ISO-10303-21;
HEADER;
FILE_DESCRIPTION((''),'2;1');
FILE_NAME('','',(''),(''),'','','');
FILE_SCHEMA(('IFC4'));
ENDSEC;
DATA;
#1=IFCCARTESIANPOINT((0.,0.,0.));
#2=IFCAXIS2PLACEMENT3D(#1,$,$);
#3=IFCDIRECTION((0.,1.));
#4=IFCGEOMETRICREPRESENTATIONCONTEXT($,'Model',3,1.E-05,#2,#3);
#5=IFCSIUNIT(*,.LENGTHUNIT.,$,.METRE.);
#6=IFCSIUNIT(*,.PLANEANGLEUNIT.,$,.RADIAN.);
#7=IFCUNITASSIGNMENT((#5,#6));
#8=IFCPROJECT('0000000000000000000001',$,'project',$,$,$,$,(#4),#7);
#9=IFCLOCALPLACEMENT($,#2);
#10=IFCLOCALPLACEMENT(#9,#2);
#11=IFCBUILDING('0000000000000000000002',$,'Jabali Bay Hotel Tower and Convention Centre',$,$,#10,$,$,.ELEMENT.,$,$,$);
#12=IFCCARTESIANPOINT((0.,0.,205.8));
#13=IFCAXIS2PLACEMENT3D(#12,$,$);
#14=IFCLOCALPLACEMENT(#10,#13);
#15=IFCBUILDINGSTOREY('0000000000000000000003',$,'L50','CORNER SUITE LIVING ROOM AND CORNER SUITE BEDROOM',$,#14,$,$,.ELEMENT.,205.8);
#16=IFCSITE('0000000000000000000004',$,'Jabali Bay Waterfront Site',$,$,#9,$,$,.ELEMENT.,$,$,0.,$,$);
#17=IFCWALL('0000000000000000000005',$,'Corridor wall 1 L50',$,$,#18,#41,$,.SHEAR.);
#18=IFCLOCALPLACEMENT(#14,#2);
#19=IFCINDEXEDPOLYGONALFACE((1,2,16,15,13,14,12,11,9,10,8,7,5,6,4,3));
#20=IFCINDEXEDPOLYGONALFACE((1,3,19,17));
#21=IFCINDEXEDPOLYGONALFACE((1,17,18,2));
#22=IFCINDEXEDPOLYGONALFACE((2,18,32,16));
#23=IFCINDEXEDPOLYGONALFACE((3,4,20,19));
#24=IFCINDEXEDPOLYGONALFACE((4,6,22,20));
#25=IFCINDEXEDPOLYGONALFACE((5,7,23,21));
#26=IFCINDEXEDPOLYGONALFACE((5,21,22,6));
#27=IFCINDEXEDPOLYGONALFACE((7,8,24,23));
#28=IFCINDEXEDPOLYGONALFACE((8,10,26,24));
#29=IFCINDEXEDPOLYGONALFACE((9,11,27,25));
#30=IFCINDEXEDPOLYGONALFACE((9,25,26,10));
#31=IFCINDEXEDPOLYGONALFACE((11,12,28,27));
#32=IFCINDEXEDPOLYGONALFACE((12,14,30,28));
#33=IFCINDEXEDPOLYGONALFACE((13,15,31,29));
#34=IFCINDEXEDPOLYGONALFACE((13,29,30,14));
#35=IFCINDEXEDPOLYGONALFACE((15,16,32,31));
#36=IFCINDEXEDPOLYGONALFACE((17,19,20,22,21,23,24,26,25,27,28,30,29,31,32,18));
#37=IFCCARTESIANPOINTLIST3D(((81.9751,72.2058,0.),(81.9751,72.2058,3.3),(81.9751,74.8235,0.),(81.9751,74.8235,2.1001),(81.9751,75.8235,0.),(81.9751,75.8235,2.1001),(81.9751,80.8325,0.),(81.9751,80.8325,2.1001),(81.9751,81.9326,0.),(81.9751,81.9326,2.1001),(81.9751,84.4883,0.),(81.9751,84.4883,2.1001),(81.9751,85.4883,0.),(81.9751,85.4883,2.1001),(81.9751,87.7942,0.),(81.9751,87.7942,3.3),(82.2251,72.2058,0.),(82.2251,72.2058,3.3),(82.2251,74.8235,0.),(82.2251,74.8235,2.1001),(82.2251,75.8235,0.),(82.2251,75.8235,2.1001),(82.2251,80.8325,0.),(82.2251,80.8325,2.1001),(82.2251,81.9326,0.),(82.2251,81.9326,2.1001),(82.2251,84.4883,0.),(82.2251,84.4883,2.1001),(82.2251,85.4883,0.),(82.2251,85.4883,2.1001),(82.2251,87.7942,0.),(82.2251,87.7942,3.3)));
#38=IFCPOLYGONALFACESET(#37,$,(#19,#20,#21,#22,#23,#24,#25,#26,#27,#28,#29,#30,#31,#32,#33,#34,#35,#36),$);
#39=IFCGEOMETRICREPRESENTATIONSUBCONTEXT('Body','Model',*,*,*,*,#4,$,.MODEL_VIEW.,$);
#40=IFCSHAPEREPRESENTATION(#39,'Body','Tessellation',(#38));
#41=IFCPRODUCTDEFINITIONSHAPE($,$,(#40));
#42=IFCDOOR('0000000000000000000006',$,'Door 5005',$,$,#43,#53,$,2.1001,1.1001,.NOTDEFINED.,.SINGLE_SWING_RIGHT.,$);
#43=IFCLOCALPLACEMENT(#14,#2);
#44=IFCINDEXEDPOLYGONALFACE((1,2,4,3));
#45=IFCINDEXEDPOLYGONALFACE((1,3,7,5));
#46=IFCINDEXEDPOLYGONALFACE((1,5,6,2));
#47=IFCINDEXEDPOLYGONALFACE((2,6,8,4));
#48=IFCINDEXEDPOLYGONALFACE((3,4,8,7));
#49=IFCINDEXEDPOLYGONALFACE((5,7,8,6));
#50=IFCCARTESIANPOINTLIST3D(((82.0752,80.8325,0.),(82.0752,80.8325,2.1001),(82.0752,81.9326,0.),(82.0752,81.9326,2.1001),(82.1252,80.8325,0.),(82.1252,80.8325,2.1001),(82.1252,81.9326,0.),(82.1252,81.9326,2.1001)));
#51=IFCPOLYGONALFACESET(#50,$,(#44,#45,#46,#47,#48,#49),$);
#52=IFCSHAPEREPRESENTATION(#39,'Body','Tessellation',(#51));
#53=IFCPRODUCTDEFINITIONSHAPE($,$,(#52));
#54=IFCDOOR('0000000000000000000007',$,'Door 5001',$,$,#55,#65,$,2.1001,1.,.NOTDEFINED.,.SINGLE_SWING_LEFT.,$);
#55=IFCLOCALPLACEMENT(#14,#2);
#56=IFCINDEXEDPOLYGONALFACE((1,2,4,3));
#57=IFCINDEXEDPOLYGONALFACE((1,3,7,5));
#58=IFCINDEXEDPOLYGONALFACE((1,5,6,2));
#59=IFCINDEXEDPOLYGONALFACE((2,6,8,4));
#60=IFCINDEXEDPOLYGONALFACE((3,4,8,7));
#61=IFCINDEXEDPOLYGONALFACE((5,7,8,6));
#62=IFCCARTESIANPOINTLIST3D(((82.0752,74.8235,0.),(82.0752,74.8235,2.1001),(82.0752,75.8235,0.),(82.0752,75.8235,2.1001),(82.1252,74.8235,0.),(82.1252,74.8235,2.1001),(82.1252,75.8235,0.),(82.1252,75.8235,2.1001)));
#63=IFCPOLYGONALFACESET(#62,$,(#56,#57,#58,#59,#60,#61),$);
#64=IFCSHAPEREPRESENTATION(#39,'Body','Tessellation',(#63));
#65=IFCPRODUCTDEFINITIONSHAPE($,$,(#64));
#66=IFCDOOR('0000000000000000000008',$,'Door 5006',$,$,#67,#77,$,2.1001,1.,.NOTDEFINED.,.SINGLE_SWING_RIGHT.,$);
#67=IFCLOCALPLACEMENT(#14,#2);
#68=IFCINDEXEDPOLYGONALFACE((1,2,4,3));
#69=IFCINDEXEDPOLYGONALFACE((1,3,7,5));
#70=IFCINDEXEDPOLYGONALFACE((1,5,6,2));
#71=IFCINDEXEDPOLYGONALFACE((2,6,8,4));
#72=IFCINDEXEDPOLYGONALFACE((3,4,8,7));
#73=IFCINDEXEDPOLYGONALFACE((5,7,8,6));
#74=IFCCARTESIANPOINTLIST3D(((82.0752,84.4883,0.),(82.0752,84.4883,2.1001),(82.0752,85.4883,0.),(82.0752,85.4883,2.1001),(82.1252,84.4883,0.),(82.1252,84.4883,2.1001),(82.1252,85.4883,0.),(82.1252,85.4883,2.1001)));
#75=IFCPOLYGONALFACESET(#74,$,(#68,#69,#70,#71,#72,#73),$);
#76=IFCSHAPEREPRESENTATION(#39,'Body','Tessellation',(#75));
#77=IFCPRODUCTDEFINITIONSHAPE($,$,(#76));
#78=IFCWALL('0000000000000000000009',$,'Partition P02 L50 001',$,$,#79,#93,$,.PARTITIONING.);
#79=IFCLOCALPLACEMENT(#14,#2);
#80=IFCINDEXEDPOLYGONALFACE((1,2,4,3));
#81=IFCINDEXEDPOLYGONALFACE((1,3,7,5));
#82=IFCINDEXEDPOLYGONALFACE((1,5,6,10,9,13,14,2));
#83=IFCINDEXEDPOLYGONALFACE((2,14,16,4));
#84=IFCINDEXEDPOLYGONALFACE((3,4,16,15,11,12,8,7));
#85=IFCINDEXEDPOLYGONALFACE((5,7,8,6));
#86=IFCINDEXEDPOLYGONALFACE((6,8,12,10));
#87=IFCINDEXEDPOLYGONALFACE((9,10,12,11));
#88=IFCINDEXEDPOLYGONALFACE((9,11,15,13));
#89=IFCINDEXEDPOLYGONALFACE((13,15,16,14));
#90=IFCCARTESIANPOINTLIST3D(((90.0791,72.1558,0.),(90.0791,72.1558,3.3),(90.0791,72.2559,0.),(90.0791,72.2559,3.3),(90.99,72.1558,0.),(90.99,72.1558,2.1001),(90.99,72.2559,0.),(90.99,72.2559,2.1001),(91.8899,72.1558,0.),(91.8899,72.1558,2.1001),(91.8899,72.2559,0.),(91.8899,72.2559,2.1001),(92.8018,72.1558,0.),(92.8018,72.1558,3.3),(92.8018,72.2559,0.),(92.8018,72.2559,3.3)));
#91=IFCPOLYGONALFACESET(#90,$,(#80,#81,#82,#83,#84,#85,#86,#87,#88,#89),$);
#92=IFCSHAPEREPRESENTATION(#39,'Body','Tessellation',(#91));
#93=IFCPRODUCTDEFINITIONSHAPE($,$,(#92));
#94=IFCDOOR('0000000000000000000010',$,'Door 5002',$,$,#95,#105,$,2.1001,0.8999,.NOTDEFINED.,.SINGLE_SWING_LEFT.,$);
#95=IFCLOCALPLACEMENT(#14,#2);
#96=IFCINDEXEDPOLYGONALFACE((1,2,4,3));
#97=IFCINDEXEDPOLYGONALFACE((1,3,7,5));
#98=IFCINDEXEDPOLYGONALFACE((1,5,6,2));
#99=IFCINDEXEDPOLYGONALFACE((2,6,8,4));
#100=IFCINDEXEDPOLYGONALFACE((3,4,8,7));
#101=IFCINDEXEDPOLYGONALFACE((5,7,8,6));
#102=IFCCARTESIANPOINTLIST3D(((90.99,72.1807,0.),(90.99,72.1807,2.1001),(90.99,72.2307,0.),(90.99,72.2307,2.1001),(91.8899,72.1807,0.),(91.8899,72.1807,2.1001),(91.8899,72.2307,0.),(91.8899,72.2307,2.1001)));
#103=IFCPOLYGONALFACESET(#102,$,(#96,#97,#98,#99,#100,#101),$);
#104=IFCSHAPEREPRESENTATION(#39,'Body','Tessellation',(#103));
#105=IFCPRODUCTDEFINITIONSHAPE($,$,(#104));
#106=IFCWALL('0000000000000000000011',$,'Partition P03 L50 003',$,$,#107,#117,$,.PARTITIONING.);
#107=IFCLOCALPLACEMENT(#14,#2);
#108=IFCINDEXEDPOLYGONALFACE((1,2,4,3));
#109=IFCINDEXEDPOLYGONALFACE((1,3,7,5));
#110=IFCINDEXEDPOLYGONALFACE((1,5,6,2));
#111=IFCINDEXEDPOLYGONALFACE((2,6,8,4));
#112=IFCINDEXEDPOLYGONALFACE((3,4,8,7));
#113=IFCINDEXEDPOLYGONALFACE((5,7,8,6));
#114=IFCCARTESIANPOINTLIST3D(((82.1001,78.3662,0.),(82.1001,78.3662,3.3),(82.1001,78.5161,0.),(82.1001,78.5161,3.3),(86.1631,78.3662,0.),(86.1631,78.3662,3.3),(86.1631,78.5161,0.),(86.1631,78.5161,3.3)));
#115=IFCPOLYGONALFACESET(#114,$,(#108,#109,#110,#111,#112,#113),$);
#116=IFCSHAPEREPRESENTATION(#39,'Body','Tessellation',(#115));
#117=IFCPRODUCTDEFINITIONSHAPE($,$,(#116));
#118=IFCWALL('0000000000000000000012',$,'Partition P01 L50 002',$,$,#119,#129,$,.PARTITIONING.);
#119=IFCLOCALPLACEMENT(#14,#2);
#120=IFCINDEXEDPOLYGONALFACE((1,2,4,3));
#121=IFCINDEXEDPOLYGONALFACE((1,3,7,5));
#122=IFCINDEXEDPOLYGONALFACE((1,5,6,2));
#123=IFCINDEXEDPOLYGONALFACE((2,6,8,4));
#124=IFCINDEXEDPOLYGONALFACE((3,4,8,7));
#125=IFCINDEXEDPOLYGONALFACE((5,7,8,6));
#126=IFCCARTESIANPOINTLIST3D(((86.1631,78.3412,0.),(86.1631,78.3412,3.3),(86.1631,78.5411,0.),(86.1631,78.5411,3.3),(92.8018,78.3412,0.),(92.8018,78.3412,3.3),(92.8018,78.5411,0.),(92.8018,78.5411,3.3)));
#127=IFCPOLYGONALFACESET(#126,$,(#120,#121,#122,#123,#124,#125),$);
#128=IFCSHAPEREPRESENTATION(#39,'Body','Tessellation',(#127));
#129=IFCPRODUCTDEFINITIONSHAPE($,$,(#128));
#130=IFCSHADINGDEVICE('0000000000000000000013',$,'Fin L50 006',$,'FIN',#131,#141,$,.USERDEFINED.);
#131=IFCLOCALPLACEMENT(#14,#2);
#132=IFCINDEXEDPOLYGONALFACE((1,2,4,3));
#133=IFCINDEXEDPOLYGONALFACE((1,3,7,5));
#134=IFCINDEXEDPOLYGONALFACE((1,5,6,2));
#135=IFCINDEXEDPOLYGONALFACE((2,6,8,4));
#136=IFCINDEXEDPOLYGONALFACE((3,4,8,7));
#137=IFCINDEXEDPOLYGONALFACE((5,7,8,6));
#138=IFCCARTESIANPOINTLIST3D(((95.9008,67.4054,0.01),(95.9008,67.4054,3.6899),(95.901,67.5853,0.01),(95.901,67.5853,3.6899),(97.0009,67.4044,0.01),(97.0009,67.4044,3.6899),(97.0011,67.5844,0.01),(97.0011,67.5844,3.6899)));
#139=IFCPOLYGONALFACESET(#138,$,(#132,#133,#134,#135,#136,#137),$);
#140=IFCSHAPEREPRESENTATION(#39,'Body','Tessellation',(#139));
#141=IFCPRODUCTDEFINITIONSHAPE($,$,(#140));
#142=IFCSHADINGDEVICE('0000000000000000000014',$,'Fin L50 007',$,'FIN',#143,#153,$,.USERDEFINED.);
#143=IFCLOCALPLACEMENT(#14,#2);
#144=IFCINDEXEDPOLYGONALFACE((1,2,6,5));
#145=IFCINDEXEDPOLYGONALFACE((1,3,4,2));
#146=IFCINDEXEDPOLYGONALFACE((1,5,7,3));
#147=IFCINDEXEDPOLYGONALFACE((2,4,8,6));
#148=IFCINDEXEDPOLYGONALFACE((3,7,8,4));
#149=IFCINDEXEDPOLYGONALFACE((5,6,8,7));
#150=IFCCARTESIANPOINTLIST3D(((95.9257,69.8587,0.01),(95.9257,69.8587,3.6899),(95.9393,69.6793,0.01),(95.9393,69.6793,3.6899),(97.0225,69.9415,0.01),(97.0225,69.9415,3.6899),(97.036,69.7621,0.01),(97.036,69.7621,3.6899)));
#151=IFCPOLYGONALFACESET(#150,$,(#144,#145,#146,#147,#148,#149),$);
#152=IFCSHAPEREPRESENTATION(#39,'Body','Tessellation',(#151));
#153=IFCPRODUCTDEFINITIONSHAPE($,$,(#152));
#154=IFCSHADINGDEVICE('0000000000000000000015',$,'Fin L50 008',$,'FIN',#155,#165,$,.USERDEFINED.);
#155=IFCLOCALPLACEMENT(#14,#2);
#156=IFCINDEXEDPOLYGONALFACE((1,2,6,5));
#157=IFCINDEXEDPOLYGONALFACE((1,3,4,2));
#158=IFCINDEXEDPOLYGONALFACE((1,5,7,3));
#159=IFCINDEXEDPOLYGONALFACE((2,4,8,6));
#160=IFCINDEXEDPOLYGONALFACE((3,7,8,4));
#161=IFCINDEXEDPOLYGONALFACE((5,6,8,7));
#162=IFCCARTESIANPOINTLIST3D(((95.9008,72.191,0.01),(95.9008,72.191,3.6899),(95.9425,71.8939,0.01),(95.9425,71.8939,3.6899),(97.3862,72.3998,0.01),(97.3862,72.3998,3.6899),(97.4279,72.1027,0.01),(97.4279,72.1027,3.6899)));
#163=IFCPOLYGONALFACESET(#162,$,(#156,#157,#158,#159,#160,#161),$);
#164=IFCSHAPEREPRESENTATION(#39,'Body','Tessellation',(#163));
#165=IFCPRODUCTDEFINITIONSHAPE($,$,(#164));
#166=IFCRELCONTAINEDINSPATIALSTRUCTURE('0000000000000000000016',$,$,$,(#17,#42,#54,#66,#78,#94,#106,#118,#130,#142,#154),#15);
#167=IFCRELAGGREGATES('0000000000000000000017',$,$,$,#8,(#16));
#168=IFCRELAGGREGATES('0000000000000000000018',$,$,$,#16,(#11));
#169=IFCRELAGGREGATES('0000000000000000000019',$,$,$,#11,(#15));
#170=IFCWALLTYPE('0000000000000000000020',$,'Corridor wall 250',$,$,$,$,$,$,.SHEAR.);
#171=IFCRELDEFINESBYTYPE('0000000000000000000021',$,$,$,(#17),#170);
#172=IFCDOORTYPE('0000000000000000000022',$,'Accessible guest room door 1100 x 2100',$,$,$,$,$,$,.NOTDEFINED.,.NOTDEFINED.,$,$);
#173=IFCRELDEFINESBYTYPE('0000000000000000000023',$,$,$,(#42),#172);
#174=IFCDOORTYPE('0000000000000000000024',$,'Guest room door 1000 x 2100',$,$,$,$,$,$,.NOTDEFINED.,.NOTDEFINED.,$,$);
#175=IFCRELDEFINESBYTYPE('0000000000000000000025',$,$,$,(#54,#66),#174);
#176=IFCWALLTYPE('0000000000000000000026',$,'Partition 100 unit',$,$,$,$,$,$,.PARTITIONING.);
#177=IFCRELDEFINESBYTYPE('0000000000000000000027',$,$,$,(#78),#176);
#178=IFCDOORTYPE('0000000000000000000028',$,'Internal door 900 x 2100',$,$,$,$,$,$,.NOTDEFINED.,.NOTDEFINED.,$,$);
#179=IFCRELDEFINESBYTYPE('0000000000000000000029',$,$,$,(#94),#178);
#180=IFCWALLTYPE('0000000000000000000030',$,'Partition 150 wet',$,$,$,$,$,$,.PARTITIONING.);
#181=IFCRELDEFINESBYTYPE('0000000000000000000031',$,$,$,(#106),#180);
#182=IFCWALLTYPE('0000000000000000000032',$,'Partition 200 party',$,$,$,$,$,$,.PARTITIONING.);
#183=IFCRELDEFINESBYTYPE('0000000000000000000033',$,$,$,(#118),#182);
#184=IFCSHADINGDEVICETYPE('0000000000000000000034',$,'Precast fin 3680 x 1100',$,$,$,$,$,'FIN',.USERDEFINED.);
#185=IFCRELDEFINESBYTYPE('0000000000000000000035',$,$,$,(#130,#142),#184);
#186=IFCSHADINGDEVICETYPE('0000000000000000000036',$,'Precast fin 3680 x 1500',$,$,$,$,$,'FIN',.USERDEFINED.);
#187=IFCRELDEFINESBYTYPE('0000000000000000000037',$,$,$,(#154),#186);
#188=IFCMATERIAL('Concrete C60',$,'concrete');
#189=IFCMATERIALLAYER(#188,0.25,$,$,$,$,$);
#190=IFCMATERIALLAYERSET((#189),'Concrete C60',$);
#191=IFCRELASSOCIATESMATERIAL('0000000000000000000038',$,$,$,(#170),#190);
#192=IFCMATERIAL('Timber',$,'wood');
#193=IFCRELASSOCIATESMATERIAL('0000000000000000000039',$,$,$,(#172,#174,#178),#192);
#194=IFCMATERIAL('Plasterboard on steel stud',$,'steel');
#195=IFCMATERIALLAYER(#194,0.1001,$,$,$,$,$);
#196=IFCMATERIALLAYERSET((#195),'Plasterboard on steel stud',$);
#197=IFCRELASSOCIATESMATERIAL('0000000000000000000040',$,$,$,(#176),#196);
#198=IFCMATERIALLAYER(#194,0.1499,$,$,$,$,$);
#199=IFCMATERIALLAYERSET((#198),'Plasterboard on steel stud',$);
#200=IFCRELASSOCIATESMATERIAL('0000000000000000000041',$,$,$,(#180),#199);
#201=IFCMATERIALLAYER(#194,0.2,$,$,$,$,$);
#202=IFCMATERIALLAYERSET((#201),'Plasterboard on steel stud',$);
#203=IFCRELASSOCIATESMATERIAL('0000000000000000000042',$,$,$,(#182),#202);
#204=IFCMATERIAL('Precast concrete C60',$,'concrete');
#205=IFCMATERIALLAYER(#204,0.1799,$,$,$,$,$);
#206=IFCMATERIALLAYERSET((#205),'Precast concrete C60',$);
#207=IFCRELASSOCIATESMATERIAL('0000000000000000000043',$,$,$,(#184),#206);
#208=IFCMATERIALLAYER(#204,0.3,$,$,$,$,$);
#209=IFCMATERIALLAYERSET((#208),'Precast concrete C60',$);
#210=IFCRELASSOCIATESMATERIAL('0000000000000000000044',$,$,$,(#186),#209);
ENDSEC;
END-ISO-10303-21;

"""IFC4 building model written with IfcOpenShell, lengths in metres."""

from ifc_helpers import new_model, si_unit, direction, frame, frame_2d, origin, place, context, subcontext, project, spatial, rectangle, extrude, material, layer, layer_set, type_object, element, fill, save


model = new_model("IFC4")

# Units and contexts
model_context = context("Model", 3, precision=1e-05, world=origin(), true_north=direction((0.0, 1.0)))
body_context = subcontext(model_context, "Body", "Model", "MODEL_VIEW")
ifc_project = project(units=[si_unit("LENGTHUNIT", "METRE"), si_unit("PLANEANGLEUNIT", "RADIAN")], contexts=[model_context])

# Site, building, storey
site_placement = place(None, origin())
site = spatial("IfcSite", under=ifc_project, at=site_placement, Name="Jabali Bay Waterfront Site", CompositionType="ELEMENT", RefElevation=0.0)
building_placement = place(site_placement, origin())
building = spatial("IfcBuilding", under=site, at=building_placement, Name="Jabali Bay Hotel Tower and Convention Centre", CompositionType="ELEMENT")
storey_placement = place(building_placement, frame((0.0, 0.0, 205.8)))
storey = spatial("IfcBuildingStorey", under=building, at=storey_placement, Name="L50", Description="CORNER SUITE LIVING ROOM AND CORNER SUITE BEDROOM", CompositionType="ELEMENT", Elevation=205.8)

# Shared definitions
ifc_material_1 = material(Name="Concrete C60", Category="concrete")

# Wall, openings, doors
ifc_layer_1 = layer(ifc_material_1, 0.25)
ifc_layer_set_1 = layer_set([ifc_layer_1], Name="Concrete C60")
wall_type_1 = type_object("IfcWallType", Name="Corridor wall 250", PredefinedType="SHEAR", material=ifc_layer_set_1)
wall_1_placement = place(storey_placement, frame((82.1001, 72.2058, 0.0), z_axis=(0.0, 0.0, 1.0), x_axis=(0.0, 1.0, 0.0)))
wall_1 = element("IfcWall", 1, at=wall_1_placement, inside=storey, type_object=wall_type_1, Name="Corridor wall 1 L50", PredefinedType="SHEAR", context=body_context, shape_type="SweptSolid", body=[
    extrude(rectangle(XDim=15.5884, YDim=0.25, at=frame_2d((7.7942, 0.0))), origin(), (0.0, 0.0, 1.0), 3.3),
])
opening_1_placement = place(wall_1_placement, frame((2.6177, 0.0, 0.0)))
opening_1 = element("IfcOpeningElement", 2, at=opening_1_placement, cuts=wall_1, PredefinedType="OPENING", context=body_context, shape_type="SweptSolid", body=[
    extrude(rectangle(XDim=1.0, YDim=2.1001, at=frame_2d((0.5, 1.05))), frame((0.0, 0.1355, 0.0), z_axis=(0.0, -1.0, 0.0), x_axis=(1.0, 0.0, 0.0)), (0.0, 0.0, 1.0), 0.271),
])
opening_2_placement = place(wall_1_placement, frame((8.6267, 0.0, 0.0)))
opening_2 = element("IfcOpeningElement", 3, at=opening_2_placement, cuts=wall_1, PredefinedType="OPENING", context=body_context, shape_type="SweptSolid", body=[
    extrude(rectangle(XDim=1.1001, YDim=2.1001, at=frame_2d((0.55, 1.05))), frame((0.0, 0.1355, 0.0), z_axis=(0.0, -1.0, 0.0), x_axis=(1.0, 0.0, 0.0)), (0.0, 0.0, 1.0), 0.271),
])
opening_3_placement = place(wall_1_placement, frame((12.2825, 0.0, 0.0)))
opening_3 = element("IfcOpeningElement", 4, at=opening_3_placement, cuts=wall_1, PredefinedType="OPENING", context=body_context, shape_type="SweptSolid", body=[
    extrude(rectangle(XDim=1.0, YDim=2.1001, at=frame_2d((0.5, 1.05))), frame((0.0, 0.1355, 0.0), z_axis=(0.0, -1.0, 0.0), x_axis=(1.0, 0.0, 0.0)), (0.0, 0.0, 1.0), 0.271),
])
ifc_material_2 = material(Name="Timber", Category="wood")
door_type_1 = type_object("IfcDoorType", Name="Accessible guest room door 1100 x 2100", OperationType="NOTDEFINED", PredefinedType="NOTDEFINED", material=ifc_material_2)
door_1_placement = place(opening_2_placement, origin())
door_1 = element("IfcDoor", 5, at=door_1_placement, inside=storey, type_object=door_type_1, Name="Door 5005", OperationType="SINGLE_SWING_RIGHT", OverallHeight=2.1001, OverallWidth=1.1001, PredefinedType="NOTDEFINED", context=body_context, shape_type="SweptSolid", body=[
    extrude(rectangle(XDim=1.1001, YDim=2.1001, at=frame_2d((0.55, 1.05))), frame((0.0, 0.0249, 0.0), z_axis=(0.0, -1.0, 0.0), x_axis=(1.0, 0.0, 0.0)), (0.0, 0.0, 1.0), 0.05),
])
fill(opening_2, door_1)
door_type_2 = type_object("IfcDoorType", Name="Guest room door 1000 x 2100", OperationType="NOTDEFINED", PredefinedType="NOTDEFINED", material=ifc_material_2)
door_2_placement = place(opening_1_placement, origin())
door_2 = element("IfcDoor", 6, at=door_2_placement, inside=storey, type_object=door_type_2, Name="Door 5001", OperationType="SINGLE_SWING_LEFT", OverallHeight=2.1001, OverallWidth=1.0, PredefinedType="NOTDEFINED", context=body_context, shape_type="SweptSolid", body=[
    extrude(rectangle(XDim=1.0, YDim=2.1001, at=frame_2d((0.5, 1.05))), frame((0.0, 0.0249, 0.0), z_axis=(0.0, -1.0, 0.0), x_axis=(1.0, 0.0, 0.0)), (0.0, 0.0, 1.0), 0.05),
])
fill(opening_1, door_2)
door_3_placement = place(opening_3_placement, origin())
door_3 = element("IfcDoor", 7, at=door_3_placement, inside=storey, type_object=door_type_2, Name="Door 5006", OperationType="SINGLE_SWING_RIGHT", OverallHeight=2.1001, OverallWidth=1.0, PredefinedType="NOTDEFINED", context=body_context, shape_type="SweptSolid", body=[
    extrude(rectangle(XDim=1.0, YDim=2.1001, at=frame_2d((0.5, 1.05))), frame((0.0, 0.0249, 0.0), z_axis=(0.0, -1.0, 0.0), x_axis=(1.0, 0.0, 0.0)), (0.0, 0.0, 1.0), 0.05),
])
fill(opening_3, door_3)

# Wall, opening, door
ifc_material_3 = material(Name="Plasterboard on steel stud", Category="steel")
ifc_layer_2 = layer(ifc_material_3, 0.1001)
ifc_layer_set_2 = layer_set([ifc_layer_2], Name="Plasterboard on steel stud")
wall_type_2 = type_object("IfcWallType", Name="Partition 100 unit", PredefinedType="PARTITIONING", material=ifc_layer_set_2)
wall_2_placement = place(storey_placement, frame((90.0791, 72.2058, 0.0), z_axis=(0.0, 0.0, 1.0), x_axis=(1.0, 0.0, 0.0)))
wall_2 = element("IfcWall", 8, at=wall_2_placement, inside=storey, type_object=wall_type_2, Name="Partition P02 L50 001", PredefinedType="PARTITIONING", context=body_context, shape_type="SweptSolid", body=[
    extrude(rectangle(XDim=2.7227, YDim=0.1001, at=frame_2d((1.3613, 0.0))), origin(), (0.0, 0.0, 1.0), 3.3),
])
opening_4_placement = place(wall_2_placement, frame((0.9109, 0.0, 0.0)))
opening_4 = element("IfcOpeningElement", 9, at=opening_4_placement, cuts=wall_2, PredefinedType="OPENING", context=body_context, shape_type="SweptSolid", body=[
    extrude(rectangle(XDim=0.8999, YDim=2.1001, at=frame_2d((0.45, 1.05))), frame((0.0, 0.0605, 0.0), z_axis=(0.0, -1.0, 0.0), x_axis=(1.0, 0.0, 0.0)), (0.0, 0.0, 1.0), 0.1211),
])
door_type_3 = type_object("IfcDoorType", Name="Internal door 900 x 2100", OperationType="NOTDEFINED", PredefinedType="NOTDEFINED", material=ifc_material_2)
door_4_placement = place(opening_4_placement, origin())
door_4 = element("IfcDoor", 10, at=door_4_placement, inside=storey, type_object=door_type_3, Name="Door 5002", OperationType="SINGLE_SWING_LEFT", OverallHeight=2.1001, OverallWidth=0.8999, PredefinedType="NOTDEFINED", context=body_context, shape_type="SweptSolid", body=[
    extrude(rectangle(XDim=0.8999, YDim=2.1001, at=frame_2d((0.45, 1.05))), frame((0.0, 0.0249, 0.0), z_axis=(0.0, -1.0, 0.0), x_axis=(1.0, 0.0, 0.0)), (0.0, 0.0, 1.0), 0.05),
])
fill(opening_4, door_4)

# Walls
ifc_layer_3 = layer(ifc_material_3, 0.1499)
ifc_layer_set_3 = layer_set([ifc_layer_3], Name="Plasterboard on steel stud")
wall_type_3 = type_object("IfcWallType", Name="Partition 150 wet", PredefinedType="PARTITIONING", material=ifc_layer_set_3)
wall_3_placement = place(storey_placement, frame((86.1631, 78.4412, 0.0), z_axis=(0.0, 0.0, 1.0), x_axis=(-1.0, 0.0, 0.0)))
element("IfcWall", 11, at=wall_3_placement, inside=storey, type_object=wall_type_3, Name="Partition P03 L50 003", PredefinedType="PARTITIONING", context=body_context, shape_type="SweptSolid", body=[
    extrude(rectangle(XDim=4.063, YDim=0.1499, at=frame_2d((2.0315, 0.0))), origin(), (0.0, 0.0, 1.0), 3.3),
])
ifc_layer_4 = layer(ifc_material_3, 0.2)
ifc_layer_set_4 = layer_set([ifc_layer_4], Name="Plasterboard on steel stud")
wall_type_4 = type_object("IfcWallType", Name="Partition 200 party", PredefinedType="PARTITIONING", material=ifc_layer_set_4)
wall_4_placement = place(storey_placement, frame((92.8018, 78.4412, 0.0), z_axis=(0.0, 0.0, 1.0), x_axis=(-1.0, 0.0, 0.0)))
element("IfcWall", 12, at=wall_4_placement, inside=storey, type_object=wall_type_4, Name="Partition P01 L50 002", PredefinedType="PARTITIONING", context=body_context, shape_type="SweptSolid", body=[
    extrude(rectangle(XDim=6.6387, YDim=0.2, at=frame_2d((3.3193, 0.0))), origin(), (0.0, 0.0, 1.0), 3.3),
])

# Shading devices
ifc_material_4 = material(Name="Precast concrete C60", Category="concrete")
ifc_layer_5 = layer(ifc_material_4, 0.1799)
ifc_layer_set_5 = layer_set([ifc_layer_5], Name="Precast concrete C60")
shading_device_type_1 = type_object("IfcShadingDeviceType", Name="Precast fin 3680 x 1100", ElementType="FIN", PredefinedType="USERDEFINED", material=ifc_layer_set_5)
shading_device_1_placement = place(storey_placement, frame((95.9009, 67.4954, 0.01), z_axis=(0.0, 0.0, 1.0), x_axis=(1.0, -0.000888, 0.0)))
element("IfcShadingDevice", 13, at=shading_device_1_placement, inside=storey, type_object=shading_device_type_1, Name="Fin L50 006", ObjectType="FIN", PredefinedType="USERDEFINED", context=body_context, shape_type="SweptSolid", body=[
    extrude(rectangle(XDim=1.1001, YDim=0.1799, at=frame_2d((0.55, 0.0))), origin(), (0.0, 0.0, 1.0), 3.6799),
])
shading_device_2_placement = place(storey_placement, frame((95.9326, 69.769, 0.01), z_axis=(0.0, 0.0, 1.0), x_axis=(0.997164, 0.075254, 0.0)))
element("IfcShadingDevice", 14, at=shading_device_2_placement, inside=storey, type_object=shading_device_type_1, Name="Fin L50 007", ObjectType="FIN", PredefinedType="USERDEFINED", context=body_context, shape_type="SweptSolid", body=[
    extrude(rectangle(XDim=1.0999, YDim=0.1799, at=frame_2d((0.5498, 0.0))), origin(), (0.0, 0.0, 1.0), 3.6799),
])
ifc_layer_6 = layer(ifc_material_4, 0.3)
ifc_layer_set_6 = layer_set([ifc_layer_6], Name="Precast concrete C60")
shading_device_type_2 = type_object("IfcShadingDeviceType", Name="Precast fin 3680 x 1500", ElementType="FIN", PredefinedType="USERDEFINED", material=ifc_layer_set_6)
for number, where, z_axis, x_axis, name in (
    (15, (95.9216, 72.0425, 0.01), (0.0, 0.0, 1.0), (0.990269, 0.139165, 0.0), "Fin L50 008"),
):
    element("IfcShadingDevice", number, at=place(storey_placement, frame(where, z_axis=z_axis, x_axis=x_axis)), inside=storey, type_object=shading_device_type_2, Name=name, ObjectType="FIN", PredefinedType="USERDEFINED", context=body_context, shape_type="SweptSolid", body=[
        extrude(rectangle(XDim=1.5, YDim=0.3, at=frame_2d((0.75, 0.0))), origin(), (0.0, 0.0, 1.0), 3.6799),
    ])

save(model, "model.ifc")
